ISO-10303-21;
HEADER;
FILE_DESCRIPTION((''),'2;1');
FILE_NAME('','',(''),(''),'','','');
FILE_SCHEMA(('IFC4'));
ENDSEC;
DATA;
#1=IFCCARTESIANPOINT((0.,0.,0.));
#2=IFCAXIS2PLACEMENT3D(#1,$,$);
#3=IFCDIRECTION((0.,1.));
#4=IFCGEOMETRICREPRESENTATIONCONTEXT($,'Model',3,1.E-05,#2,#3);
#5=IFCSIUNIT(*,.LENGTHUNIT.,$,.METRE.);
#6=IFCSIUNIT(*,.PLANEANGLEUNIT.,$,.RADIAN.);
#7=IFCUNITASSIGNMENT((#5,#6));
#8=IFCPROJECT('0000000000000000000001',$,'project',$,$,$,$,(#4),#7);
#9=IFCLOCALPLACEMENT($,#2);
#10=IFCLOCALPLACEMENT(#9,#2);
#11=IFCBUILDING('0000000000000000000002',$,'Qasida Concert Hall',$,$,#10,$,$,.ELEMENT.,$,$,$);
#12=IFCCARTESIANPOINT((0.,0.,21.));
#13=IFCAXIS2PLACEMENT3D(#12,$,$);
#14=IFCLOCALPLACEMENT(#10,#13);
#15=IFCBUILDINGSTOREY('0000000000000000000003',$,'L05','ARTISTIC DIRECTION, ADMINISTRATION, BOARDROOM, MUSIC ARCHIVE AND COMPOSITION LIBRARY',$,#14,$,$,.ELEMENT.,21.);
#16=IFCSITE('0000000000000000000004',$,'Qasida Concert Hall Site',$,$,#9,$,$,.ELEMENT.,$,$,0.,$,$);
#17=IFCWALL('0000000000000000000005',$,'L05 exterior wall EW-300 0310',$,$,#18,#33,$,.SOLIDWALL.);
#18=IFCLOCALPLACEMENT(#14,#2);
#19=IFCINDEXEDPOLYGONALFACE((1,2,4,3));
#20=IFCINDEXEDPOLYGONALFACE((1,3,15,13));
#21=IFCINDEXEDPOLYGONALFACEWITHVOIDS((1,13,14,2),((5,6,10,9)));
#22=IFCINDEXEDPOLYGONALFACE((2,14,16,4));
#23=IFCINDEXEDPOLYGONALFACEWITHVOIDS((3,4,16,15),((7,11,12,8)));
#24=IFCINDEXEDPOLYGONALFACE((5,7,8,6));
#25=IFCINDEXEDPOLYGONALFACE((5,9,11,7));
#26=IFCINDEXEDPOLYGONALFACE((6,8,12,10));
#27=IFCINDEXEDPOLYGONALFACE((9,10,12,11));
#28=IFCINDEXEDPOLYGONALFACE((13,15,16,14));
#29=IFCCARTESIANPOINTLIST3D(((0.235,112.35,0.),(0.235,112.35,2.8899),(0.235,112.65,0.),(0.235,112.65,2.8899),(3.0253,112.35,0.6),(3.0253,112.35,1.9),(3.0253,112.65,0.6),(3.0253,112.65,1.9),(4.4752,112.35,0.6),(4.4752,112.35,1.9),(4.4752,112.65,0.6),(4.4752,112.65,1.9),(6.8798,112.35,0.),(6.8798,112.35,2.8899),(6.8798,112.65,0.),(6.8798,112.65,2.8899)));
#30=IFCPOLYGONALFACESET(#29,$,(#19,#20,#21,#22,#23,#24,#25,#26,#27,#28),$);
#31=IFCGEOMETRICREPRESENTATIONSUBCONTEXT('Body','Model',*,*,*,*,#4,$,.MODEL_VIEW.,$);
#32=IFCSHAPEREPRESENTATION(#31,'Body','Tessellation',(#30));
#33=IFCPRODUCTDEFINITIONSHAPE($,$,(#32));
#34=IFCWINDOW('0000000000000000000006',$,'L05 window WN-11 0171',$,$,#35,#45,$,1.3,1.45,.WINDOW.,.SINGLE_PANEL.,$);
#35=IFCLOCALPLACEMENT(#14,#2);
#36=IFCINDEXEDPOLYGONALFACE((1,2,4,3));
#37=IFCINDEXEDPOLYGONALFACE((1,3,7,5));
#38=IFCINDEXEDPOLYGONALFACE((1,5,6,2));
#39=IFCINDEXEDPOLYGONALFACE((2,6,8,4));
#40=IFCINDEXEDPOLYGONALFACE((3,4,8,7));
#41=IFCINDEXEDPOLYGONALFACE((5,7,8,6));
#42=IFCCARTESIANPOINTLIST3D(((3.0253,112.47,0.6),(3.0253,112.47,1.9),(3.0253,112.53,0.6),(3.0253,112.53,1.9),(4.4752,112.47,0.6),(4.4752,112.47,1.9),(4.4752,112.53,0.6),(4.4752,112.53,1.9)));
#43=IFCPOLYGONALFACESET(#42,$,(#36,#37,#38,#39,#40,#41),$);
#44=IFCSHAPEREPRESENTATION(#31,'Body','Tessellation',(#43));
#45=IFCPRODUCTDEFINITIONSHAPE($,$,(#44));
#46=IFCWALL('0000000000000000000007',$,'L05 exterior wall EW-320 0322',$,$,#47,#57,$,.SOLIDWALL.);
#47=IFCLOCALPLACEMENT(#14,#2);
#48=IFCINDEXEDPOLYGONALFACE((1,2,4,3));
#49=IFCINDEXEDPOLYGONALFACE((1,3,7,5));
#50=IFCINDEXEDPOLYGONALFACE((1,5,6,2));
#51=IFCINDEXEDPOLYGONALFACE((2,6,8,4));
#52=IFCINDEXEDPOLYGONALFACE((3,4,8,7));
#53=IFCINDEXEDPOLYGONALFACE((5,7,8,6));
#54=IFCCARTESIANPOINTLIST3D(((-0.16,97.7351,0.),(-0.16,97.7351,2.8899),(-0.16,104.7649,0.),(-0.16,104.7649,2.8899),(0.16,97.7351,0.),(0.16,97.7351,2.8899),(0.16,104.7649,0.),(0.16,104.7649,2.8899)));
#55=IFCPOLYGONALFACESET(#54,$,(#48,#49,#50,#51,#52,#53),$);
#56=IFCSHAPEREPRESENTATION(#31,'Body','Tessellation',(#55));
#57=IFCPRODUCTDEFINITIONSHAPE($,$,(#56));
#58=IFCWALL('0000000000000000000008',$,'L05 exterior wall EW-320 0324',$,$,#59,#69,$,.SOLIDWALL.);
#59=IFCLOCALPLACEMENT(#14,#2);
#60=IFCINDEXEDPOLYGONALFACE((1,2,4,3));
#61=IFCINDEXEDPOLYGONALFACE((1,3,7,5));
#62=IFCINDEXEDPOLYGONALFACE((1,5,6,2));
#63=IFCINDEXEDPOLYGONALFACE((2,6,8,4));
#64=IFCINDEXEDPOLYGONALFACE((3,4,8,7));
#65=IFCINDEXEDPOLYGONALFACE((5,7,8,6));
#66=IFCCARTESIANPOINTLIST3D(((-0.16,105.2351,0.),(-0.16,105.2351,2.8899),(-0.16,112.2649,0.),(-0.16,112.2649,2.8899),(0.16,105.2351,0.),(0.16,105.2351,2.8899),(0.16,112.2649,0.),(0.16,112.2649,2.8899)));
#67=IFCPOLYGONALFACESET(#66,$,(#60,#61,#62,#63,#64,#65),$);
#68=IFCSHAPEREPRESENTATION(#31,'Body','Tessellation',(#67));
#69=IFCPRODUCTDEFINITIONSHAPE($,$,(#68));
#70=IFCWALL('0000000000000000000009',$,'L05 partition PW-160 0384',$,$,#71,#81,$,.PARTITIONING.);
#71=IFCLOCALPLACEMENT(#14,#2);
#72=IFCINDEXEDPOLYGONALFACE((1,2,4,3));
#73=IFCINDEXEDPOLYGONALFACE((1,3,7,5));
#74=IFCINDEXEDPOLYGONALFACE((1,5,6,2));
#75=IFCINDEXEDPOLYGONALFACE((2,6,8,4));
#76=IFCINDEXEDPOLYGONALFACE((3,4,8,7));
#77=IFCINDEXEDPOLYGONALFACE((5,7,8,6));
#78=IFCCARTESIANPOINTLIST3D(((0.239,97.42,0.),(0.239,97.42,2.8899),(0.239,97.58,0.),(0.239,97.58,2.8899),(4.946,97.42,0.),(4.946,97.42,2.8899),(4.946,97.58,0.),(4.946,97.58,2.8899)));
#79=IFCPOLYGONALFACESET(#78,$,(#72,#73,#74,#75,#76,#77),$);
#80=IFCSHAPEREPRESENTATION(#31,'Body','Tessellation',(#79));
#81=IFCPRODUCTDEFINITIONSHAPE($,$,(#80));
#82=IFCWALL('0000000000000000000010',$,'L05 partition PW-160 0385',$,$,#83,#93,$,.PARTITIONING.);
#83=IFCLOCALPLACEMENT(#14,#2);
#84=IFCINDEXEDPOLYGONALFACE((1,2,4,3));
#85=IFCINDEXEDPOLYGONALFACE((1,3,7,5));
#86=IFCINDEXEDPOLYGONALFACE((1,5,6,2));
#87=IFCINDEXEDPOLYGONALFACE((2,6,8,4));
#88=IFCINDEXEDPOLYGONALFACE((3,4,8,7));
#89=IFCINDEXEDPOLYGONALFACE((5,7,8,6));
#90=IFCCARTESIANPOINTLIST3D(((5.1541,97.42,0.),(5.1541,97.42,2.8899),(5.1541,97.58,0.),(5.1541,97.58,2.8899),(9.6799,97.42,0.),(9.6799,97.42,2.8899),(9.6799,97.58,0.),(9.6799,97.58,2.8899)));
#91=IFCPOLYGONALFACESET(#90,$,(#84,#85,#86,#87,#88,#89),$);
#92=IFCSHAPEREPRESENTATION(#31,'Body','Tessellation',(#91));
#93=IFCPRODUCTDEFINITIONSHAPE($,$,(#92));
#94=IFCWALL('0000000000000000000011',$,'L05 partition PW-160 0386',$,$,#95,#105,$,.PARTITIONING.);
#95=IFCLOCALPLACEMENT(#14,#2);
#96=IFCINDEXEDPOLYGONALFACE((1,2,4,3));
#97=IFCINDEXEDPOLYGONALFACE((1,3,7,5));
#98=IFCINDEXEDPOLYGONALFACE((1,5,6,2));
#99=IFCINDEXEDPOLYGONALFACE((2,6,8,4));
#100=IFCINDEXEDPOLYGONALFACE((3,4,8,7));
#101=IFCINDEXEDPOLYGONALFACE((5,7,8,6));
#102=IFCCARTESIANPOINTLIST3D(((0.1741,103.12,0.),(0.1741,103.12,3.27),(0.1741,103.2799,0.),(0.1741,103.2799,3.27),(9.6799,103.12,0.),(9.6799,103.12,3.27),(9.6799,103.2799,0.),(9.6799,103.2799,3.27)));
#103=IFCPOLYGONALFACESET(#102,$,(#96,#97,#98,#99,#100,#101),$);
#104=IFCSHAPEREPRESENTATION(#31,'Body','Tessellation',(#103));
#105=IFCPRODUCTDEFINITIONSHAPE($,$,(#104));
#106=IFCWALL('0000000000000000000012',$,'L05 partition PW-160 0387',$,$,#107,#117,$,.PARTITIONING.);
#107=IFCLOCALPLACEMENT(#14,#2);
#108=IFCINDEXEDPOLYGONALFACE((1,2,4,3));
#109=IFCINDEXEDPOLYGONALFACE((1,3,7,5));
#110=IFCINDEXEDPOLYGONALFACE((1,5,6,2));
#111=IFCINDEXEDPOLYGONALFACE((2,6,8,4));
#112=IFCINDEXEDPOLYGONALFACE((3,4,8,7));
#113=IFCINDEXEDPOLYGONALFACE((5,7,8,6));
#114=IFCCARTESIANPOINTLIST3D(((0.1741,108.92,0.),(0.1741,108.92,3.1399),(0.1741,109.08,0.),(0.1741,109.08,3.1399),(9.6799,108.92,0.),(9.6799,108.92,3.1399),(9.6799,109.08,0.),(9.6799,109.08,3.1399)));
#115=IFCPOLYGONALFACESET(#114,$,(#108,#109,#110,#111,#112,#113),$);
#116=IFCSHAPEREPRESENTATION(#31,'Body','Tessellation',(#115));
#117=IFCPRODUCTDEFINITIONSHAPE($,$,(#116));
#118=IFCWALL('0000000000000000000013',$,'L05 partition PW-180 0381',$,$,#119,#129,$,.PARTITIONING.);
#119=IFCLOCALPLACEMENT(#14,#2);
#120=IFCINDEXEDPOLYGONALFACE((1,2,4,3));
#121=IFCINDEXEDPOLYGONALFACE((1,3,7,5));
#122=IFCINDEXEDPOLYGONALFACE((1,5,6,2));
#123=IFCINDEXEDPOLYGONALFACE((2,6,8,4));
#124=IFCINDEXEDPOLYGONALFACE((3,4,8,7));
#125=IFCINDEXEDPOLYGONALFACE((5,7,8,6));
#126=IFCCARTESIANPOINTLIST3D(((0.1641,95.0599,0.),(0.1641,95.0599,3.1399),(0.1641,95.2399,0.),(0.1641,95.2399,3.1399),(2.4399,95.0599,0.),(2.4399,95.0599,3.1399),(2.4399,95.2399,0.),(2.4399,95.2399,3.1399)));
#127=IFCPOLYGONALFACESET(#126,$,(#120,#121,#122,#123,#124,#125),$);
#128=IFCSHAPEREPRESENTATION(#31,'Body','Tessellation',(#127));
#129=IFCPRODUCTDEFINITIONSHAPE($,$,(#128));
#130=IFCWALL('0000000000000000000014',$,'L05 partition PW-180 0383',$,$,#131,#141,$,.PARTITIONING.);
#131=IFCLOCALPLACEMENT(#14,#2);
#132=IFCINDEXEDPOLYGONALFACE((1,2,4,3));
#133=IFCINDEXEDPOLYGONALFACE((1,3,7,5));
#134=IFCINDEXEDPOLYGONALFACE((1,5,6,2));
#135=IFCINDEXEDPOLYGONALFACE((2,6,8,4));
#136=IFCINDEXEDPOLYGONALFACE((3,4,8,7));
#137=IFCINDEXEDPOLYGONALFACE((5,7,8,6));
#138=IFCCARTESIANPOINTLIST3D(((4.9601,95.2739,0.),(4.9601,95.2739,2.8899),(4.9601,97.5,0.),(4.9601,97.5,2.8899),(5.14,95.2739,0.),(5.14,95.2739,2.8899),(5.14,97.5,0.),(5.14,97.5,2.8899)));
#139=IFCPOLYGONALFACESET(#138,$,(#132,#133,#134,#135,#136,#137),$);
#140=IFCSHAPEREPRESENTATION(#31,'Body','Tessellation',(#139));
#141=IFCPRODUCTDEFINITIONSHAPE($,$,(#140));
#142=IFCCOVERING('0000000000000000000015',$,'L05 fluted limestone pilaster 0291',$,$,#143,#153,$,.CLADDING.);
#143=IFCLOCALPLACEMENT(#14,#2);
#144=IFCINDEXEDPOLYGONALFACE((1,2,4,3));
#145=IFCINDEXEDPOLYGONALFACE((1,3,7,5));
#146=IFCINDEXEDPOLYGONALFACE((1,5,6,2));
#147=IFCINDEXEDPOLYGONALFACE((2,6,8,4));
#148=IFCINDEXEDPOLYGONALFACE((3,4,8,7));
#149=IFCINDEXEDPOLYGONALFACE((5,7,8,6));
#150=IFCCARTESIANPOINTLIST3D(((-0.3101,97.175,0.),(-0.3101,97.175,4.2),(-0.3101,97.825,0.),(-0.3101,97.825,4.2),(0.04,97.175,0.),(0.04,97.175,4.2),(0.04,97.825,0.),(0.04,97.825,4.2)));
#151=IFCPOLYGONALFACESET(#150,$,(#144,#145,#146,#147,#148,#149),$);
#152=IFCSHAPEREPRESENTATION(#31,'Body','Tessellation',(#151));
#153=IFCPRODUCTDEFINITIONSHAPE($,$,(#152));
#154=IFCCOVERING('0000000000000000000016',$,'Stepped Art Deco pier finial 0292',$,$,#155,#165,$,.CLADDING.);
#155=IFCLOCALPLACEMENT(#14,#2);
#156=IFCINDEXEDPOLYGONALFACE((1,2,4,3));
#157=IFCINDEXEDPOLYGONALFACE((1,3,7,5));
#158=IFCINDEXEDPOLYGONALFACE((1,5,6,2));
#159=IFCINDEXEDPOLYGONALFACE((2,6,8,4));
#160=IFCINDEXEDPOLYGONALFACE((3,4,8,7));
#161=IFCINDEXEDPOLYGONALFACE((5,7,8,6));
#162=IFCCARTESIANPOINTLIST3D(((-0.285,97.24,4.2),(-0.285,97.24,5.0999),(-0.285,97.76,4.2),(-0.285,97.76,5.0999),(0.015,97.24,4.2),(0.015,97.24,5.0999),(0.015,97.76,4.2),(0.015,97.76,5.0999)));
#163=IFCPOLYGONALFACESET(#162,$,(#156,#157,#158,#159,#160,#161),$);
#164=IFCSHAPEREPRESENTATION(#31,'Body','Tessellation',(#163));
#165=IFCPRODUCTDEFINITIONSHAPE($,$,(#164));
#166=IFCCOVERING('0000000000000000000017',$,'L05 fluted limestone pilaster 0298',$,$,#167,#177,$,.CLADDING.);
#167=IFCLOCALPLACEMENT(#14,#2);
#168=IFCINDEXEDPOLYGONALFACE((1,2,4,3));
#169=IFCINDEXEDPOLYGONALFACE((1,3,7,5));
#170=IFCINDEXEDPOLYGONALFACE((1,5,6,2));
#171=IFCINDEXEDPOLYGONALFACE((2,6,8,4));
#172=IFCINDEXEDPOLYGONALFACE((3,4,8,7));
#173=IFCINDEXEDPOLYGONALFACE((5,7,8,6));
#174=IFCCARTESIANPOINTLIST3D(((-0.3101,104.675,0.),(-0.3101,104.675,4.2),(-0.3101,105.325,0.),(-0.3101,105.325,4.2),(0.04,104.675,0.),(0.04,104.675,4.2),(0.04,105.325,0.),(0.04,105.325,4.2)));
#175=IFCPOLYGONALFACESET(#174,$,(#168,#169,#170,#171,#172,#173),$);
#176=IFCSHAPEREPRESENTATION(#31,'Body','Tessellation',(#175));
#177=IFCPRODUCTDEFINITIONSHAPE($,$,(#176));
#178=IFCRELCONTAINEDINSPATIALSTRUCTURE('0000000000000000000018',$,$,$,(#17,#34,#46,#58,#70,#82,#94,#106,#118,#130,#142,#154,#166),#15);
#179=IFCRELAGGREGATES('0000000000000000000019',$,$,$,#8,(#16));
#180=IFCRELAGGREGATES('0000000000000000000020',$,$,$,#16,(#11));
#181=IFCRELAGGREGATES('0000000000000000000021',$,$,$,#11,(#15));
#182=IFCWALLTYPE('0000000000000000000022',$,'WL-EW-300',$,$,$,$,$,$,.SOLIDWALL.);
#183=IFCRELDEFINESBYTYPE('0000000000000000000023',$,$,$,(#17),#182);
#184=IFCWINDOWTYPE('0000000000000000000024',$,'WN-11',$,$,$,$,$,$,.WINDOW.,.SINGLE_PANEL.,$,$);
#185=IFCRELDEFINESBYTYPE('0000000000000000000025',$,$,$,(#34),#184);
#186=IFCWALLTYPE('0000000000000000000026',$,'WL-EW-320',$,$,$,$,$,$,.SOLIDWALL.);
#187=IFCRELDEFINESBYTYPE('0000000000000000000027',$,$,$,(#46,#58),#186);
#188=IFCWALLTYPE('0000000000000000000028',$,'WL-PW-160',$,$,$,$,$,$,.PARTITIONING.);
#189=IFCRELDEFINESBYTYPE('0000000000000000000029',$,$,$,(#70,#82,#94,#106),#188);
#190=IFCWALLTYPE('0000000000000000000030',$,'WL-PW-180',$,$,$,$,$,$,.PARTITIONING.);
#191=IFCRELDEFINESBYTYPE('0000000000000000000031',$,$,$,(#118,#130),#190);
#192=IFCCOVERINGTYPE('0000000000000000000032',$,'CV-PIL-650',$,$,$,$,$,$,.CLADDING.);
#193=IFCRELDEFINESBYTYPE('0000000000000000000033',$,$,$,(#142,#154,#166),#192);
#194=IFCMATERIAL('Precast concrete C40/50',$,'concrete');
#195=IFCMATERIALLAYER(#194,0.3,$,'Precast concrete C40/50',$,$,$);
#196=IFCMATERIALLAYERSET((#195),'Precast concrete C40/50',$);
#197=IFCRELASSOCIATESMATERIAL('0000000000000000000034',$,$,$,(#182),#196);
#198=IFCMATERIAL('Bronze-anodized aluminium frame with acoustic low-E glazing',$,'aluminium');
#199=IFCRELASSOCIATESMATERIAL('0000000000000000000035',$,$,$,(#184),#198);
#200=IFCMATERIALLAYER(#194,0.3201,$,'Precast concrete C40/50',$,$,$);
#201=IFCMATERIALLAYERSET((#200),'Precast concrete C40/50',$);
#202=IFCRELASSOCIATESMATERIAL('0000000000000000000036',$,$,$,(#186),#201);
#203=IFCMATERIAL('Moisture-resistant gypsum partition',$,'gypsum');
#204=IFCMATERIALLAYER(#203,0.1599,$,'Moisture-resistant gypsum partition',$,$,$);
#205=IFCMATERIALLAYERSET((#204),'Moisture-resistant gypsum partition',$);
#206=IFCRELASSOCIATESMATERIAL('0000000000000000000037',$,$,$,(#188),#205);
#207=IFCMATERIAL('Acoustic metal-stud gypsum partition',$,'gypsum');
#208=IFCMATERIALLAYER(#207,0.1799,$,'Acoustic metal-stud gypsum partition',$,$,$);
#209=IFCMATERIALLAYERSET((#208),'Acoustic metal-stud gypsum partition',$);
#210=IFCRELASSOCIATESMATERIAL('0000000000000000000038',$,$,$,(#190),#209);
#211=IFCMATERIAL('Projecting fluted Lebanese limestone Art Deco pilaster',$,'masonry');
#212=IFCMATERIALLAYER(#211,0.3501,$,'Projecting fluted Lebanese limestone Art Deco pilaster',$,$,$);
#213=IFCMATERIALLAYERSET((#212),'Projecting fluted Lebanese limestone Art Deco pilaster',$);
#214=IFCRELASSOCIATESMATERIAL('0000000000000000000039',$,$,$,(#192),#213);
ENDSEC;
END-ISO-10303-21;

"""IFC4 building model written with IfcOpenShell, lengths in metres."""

from ifc_helpers import new_model, si_unit, direction, frame, frame_2d, origin, origin_2d, place, context, subcontext, project, spatial, rectangle, extrude, material, layer, layer_set, type_object, element, fill, save


model = new_model("IFC4")

# Units and contexts
model_context = context("Model", 3, precision=1e-05, world=origin(), true_north=direction((0.0, 1.0)))
body_context = subcontext(model_context, "Body", "Model", "MODEL_VIEW")
ifc_project = project(units=[si_unit("LENGTHUNIT", "METRE"), si_unit("PLANEANGLEUNIT", "RADIAN")], contexts=[model_context])

# Site, building, storey
site_placement = place(None, origin())
site = spatial("IfcSite", under=ifc_project, at=site_placement, Name="Qasida Concert Hall Site", CompositionType="ELEMENT", RefElevation=0.0)
building_placement = place(site_placement, origin())
building = spatial("IfcBuilding", under=site, at=building_placement, Name="Qasida Concert Hall", CompositionType="ELEMENT")
storey_placement = place(building_placement, frame((0.0, 0.0, 21.0)))
storey = spatial("IfcBuildingStorey", under=building, at=storey_placement, Name="L05", Description="ARTISTIC DIRECTION, ADMINISTRATION, BOARDROOM, MUSIC ARCHIVE AND COMPOSITION LIBRARY", CompositionType="ELEMENT", Elevation=21.0)

# Wall, opening, window
ifc_material_1 = material(Name="Precast concrete C40/50", Category="concrete")
ifc_layer_1 = layer(ifc_material_1, 0.3, Name="Precast concrete C40/50")
ifc_layer_set_1 = layer_set([ifc_layer_1], Name="Precast concrete C40/50")
wall_type_1 = type_object("IfcWallType", Name="WL-EW-300", PredefinedType="SOLIDWALL", material=ifc_layer_set_1)
wall_1_placement = place(storey_placement, frame((0.2351, 112.5, 0.0), z_axis=(0.0, 0.0, 1.0), x_axis=(1.0, 0.0, 0.0)))
wall_1 = element("IfcWall", 1, at=wall_1_placement, inside=storey, type_object=wall_type_1, Name="L05 exterior wall EW-300 0310", PredefinedType="SOLIDWALL", context=body_context, shape_type="SweptSolid", body=[
    extrude(rectangle(XDim=6.6448, YDim=0.3, at=frame_2d((3.3223, 0.0))), origin(), (0.0, 0.0, 1.0), 2.8899),
])
opening_placement = place(wall_1_placement, frame((2.79, 0.0, 0.6001)))
opening = element("IfcOpeningElement", 2, at=opening_placement, cuts=wall_1, PredefinedType="OPENING", context=body_context, shape_type="SweptSolid", body=[
    extrude(rectangle(XDim=1.45, YDim=1.3, at=frame_2d((0.7251, 0.6499))), frame((0.0, 0.1599, 0.0), z_axis=(0.0, -1.0, 0.0), x_axis=(1.0, 0.0, 0.0)), (0.0, 0.0, 1.0), 0.3201),
])
ifc_material_2 = material(Name="Bronze-anodized aluminium frame with acoustic low-E glazing", Category="aluminium")
window_type = type_object("IfcWindowType", Name="WN-11", PartitioningType="SINGLE_PANEL", PredefinedType="WINDOW", material=ifc_material_2)
window_placement = place(opening_placement, origin())
window = element("IfcWindow", 3, at=window_placement, inside=storey, type_object=window_type, Name="L05 window WN-11 0171", OverallHeight=1.3, OverallWidth=1.45, PartitioningType="SINGLE_PANEL", PredefinedType="WINDOW", context=body_context, shape_type="SweptSolid", body=[
    extrude(rectangle(XDim=1.45, YDim=1.3, at=frame_2d((0.7251, 0.6499))), frame((0.0, 0.03, 0.0), z_axis=(0.0, -1.0, 0.0), x_axis=(1.0, 0.0, 0.0)), (0.0, 0.0, 1.0), 0.0601),
])
fill(opening, window)

# Walls
ifc_layer_2 = layer(ifc_material_1, 0.3201, Name="Precast concrete C40/50")
ifc_layer_set_2 = layer_set([ifc_layer_2], Name="Precast concrete C40/50")
wall_type_2 = type_object("IfcWallType", Name="WL-EW-320", PredefinedType="SOLIDWALL", material=ifc_layer_set_2)
for number, where, z_axis, x_axis, name in (
    (4, (0.0, 97.7351, 0.0), (0.0, 0.0, 1.0), (0.0, 1.0, 0.0), "L05 exterior wall EW-320 0322"),
    (5, (0.0, 105.2351, 0.0), (0.0, 0.0, 1.0), (0.0, 1.0, 0.0), "L05 exterior wall EW-320 0324"),
):
    element("IfcWall", number, at=place(storey_placement, frame(where, z_axis=z_axis, x_axis=x_axis)), inside=storey, type_object=wall_type_2, Name=name, PredefinedType="SOLIDWALL", context=body_context, shape_type="SweptSolid", body=[
        extrude(rectangle(XDim=7.0298, YDim=0.3201, at=frame_2d((3.5149, 0.0))), origin(), (0.0, 0.0, 1.0), 2.8899),
    ])
ifc_material_3 = material(Name="Moisture-resistant gypsum partition", Category="gypsum")
ifc_layer_3 = layer(ifc_material_3, 0.1599, Name="Moisture-resistant gypsum partition")
ifc_layer_set_3 = layer_set([ifc_layer_3], Name="Moisture-resistant gypsum partition")
wall_type_3 = type_object("IfcWallType", Name="WL-PW-160", PredefinedType="PARTITIONING", material=ifc_layer_set_3)
wall_2_placement = place(storey_placement, frame((0.239, 97.5, 0.0), z_axis=(0.0, 0.0, 1.0), x_axis=(1.0, 0.0, 0.0)))
element("IfcWall", 6, at=wall_2_placement, inside=storey, type_object=wall_type_3, Name="L05 partition PW-160 0384", PredefinedType="PARTITIONING", context=body_context, shape_type="SweptSolid", body=[
    extrude(rectangle(XDim=4.707, YDim=0.1599, at=frame_2d((2.3535, 0.0))), origin(), (0.0, 0.0, 1.0), 2.8899),
])
wall_3_placement = place(storey_placement, frame((5.1541, 97.5, 0.0), z_axis=(0.0, 0.0, 1.0), x_axis=(1.0, 0.0, 0.0)))
element("IfcWall", 7, at=wall_3_placement, inside=storey, type_object=wall_type_3, Name="L05 partition PW-160 0385", PredefinedType="PARTITIONING", context=body_context, shape_type="SweptSolid", body=[
    extrude(rectangle(XDim=4.5259, YDim=0.1599, at=frame_2d((2.2629, 0.0))), origin(), (0.0, 0.0, 1.0), 2.8899),
])
wall_4_placement = place(storey_placement, frame((0.1741, 103.2, 0.0), z_axis=(0.0, 0.0, 1.0), x_axis=(1.0, 0.0, 0.0)))
element("IfcWall", 8, at=wall_4_placement, inside=storey, type_object=wall_type_3, Name="L05 partition PW-160 0386", PredefinedType="PARTITIONING", context=body_context, shape_type="SweptSolid", body=[
    extrude(rectangle(XDim=9.5059, YDim=0.1599, at=frame_2d((4.7529, 0.0))), origin(), (0.0, 0.0, 1.0), 3.27),
])
wall_5_placement = place(storey_placement, frame((0.1741, 109.0, 0.0), z_axis=(0.0, 0.0, 1.0), x_axis=(1.0, 0.0, 0.0)))
element("IfcWall", 9, at=wall_5_placement, inside=storey, type_object=wall_type_3, Name="L05 partition PW-160 0387", PredefinedType="PARTITIONING", context=body_context, shape_type="SweptSolid", body=[
    extrude(rectangle(XDim=9.5059, YDim=0.1599, at=frame_2d((4.7529, 0.0))), origin(), (0.0, 0.0, 1.0), 3.1399),
])
ifc_material_4 = material(Name="Acoustic metal-stud gypsum partition", Category="gypsum")
ifc_layer_4 = layer(ifc_material_4, 0.1799, Name="Acoustic metal-stud gypsum partition")
ifc_layer_set_4 = layer_set([ifc_layer_4], Name="Acoustic metal-stud gypsum partition")
wall_type_4 = type_object("IfcWallType", Name="WL-PW-180", PredefinedType="PARTITIONING", material=ifc_layer_set_4)
wall_6_placement = place(storey_placement, frame((0.1641, 95.1499, 0.0), z_axis=(0.0, 0.0, 1.0), x_axis=(1.0, 0.0, 0.0)))
element("IfcWall", 10, at=wall_6_placement, inside=storey, type_object=wall_type_4, Name="L05 partition PW-180 0381", PredefinedType="PARTITIONING", context=body_context, shape_type="SweptSolid", body=[
    extrude(rectangle(XDim=2.2759, YDim=0.1799, at=frame_2d((1.1379, 0.0))), origin(), (0.0, 0.0, 1.0), 3.1399),
])
wall_7_placement = place(storey_placement, frame((5.05, 95.2739, 0.0), z_axis=(0.0, 0.0, 1.0), x_axis=(0.0, 1.0, 0.0)))
element("IfcWall", 11, at=wall_7_placement, inside=storey, type_object=wall_type_4, Name="L05 partition PW-180 0383", PredefinedType="PARTITIONING", context=body_context, shape_type="SweptSolid", body=[
    extrude(rectangle(XDim=2.2261, YDim=0.1799, at=frame_2d((1.113, 0.0))), origin(), (0.0, 0.0, 1.0), 2.8899),
])

# Coverings
ifc_material_5 = material(Name="Projecting fluted Lebanese limestone Art Deco pilaster", Category="masonry")
ifc_layer_5 = layer(ifc_material_5, 0.3501, Name="Projecting fluted Lebanese limestone Art Deco pilaster")
ifc_layer_set_5 = layer_set([ifc_layer_5], Name="Projecting fluted Lebanese limestone Art Deco pilaster")
covering_type = type_object("IfcCoveringType", Name="CV-PIL-650", PredefinedType="CLADDING", material=ifc_layer_set_5)
covering_1_placement = place(storey_placement, frame((-0.135, 97.5, 0.0), z_axis=(0.0, 0.0, 1.0), x_axis=(1.0, 0.0, 0.0)))
element("IfcCovering", 12, at=covering_1_placement, inside=storey, type_object=covering_type, Name="L05 fluted limestone pilaster 0291", PredefinedType="CLADDING", context=body_context, shape_type="SweptSolid", body=[
    extrude(rectangle(XDim=0.3501, YDim=0.6499, at=origin_2d()), origin(), (0.0, 0.0, 1.0), 4.2),
])
covering_2_placement = place(storey_placement, frame((-0.135, 97.5, 4.2), z_axis=(0.0, 0.0, 1.0), x_axis=(1.0, 0.0, 0.0)))
element("IfcCovering", 13, at=covering_2_placement, inside=storey, type_object=covering_type, Name="Stepped Art Deco pier finial 0292", PredefinedType="CLADDING", context=body_context, shape_type="SweptSolid", body=[
    extrude(rectangle(XDim=0.3, YDim=0.52, at=origin_2d()), origin(), (0.0, 0.0, 1.0), 0.8999),
])
covering_3_placement = place(storey_placement, frame((-0.135, 105.0, 0.0), z_axis=(0.0, 0.0, 1.0), x_axis=(1.0, 0.0, 0.0)))
element("IfcCovering", 14, at=covering_3_placement, inside=storey, type_object=covering_type, Name="L05 fluted limestone pilaster 0298", PredefinedType="CLADDING", context=body_context, shape_type="SweptSolid", body=[
    extrude(rectangle(XDim=0.3501, YDim=0.6499, at=origin_2d()), origin(), (0.0, 0.0, 1.0), 4.2),
])

save(model, "model.ifc")
